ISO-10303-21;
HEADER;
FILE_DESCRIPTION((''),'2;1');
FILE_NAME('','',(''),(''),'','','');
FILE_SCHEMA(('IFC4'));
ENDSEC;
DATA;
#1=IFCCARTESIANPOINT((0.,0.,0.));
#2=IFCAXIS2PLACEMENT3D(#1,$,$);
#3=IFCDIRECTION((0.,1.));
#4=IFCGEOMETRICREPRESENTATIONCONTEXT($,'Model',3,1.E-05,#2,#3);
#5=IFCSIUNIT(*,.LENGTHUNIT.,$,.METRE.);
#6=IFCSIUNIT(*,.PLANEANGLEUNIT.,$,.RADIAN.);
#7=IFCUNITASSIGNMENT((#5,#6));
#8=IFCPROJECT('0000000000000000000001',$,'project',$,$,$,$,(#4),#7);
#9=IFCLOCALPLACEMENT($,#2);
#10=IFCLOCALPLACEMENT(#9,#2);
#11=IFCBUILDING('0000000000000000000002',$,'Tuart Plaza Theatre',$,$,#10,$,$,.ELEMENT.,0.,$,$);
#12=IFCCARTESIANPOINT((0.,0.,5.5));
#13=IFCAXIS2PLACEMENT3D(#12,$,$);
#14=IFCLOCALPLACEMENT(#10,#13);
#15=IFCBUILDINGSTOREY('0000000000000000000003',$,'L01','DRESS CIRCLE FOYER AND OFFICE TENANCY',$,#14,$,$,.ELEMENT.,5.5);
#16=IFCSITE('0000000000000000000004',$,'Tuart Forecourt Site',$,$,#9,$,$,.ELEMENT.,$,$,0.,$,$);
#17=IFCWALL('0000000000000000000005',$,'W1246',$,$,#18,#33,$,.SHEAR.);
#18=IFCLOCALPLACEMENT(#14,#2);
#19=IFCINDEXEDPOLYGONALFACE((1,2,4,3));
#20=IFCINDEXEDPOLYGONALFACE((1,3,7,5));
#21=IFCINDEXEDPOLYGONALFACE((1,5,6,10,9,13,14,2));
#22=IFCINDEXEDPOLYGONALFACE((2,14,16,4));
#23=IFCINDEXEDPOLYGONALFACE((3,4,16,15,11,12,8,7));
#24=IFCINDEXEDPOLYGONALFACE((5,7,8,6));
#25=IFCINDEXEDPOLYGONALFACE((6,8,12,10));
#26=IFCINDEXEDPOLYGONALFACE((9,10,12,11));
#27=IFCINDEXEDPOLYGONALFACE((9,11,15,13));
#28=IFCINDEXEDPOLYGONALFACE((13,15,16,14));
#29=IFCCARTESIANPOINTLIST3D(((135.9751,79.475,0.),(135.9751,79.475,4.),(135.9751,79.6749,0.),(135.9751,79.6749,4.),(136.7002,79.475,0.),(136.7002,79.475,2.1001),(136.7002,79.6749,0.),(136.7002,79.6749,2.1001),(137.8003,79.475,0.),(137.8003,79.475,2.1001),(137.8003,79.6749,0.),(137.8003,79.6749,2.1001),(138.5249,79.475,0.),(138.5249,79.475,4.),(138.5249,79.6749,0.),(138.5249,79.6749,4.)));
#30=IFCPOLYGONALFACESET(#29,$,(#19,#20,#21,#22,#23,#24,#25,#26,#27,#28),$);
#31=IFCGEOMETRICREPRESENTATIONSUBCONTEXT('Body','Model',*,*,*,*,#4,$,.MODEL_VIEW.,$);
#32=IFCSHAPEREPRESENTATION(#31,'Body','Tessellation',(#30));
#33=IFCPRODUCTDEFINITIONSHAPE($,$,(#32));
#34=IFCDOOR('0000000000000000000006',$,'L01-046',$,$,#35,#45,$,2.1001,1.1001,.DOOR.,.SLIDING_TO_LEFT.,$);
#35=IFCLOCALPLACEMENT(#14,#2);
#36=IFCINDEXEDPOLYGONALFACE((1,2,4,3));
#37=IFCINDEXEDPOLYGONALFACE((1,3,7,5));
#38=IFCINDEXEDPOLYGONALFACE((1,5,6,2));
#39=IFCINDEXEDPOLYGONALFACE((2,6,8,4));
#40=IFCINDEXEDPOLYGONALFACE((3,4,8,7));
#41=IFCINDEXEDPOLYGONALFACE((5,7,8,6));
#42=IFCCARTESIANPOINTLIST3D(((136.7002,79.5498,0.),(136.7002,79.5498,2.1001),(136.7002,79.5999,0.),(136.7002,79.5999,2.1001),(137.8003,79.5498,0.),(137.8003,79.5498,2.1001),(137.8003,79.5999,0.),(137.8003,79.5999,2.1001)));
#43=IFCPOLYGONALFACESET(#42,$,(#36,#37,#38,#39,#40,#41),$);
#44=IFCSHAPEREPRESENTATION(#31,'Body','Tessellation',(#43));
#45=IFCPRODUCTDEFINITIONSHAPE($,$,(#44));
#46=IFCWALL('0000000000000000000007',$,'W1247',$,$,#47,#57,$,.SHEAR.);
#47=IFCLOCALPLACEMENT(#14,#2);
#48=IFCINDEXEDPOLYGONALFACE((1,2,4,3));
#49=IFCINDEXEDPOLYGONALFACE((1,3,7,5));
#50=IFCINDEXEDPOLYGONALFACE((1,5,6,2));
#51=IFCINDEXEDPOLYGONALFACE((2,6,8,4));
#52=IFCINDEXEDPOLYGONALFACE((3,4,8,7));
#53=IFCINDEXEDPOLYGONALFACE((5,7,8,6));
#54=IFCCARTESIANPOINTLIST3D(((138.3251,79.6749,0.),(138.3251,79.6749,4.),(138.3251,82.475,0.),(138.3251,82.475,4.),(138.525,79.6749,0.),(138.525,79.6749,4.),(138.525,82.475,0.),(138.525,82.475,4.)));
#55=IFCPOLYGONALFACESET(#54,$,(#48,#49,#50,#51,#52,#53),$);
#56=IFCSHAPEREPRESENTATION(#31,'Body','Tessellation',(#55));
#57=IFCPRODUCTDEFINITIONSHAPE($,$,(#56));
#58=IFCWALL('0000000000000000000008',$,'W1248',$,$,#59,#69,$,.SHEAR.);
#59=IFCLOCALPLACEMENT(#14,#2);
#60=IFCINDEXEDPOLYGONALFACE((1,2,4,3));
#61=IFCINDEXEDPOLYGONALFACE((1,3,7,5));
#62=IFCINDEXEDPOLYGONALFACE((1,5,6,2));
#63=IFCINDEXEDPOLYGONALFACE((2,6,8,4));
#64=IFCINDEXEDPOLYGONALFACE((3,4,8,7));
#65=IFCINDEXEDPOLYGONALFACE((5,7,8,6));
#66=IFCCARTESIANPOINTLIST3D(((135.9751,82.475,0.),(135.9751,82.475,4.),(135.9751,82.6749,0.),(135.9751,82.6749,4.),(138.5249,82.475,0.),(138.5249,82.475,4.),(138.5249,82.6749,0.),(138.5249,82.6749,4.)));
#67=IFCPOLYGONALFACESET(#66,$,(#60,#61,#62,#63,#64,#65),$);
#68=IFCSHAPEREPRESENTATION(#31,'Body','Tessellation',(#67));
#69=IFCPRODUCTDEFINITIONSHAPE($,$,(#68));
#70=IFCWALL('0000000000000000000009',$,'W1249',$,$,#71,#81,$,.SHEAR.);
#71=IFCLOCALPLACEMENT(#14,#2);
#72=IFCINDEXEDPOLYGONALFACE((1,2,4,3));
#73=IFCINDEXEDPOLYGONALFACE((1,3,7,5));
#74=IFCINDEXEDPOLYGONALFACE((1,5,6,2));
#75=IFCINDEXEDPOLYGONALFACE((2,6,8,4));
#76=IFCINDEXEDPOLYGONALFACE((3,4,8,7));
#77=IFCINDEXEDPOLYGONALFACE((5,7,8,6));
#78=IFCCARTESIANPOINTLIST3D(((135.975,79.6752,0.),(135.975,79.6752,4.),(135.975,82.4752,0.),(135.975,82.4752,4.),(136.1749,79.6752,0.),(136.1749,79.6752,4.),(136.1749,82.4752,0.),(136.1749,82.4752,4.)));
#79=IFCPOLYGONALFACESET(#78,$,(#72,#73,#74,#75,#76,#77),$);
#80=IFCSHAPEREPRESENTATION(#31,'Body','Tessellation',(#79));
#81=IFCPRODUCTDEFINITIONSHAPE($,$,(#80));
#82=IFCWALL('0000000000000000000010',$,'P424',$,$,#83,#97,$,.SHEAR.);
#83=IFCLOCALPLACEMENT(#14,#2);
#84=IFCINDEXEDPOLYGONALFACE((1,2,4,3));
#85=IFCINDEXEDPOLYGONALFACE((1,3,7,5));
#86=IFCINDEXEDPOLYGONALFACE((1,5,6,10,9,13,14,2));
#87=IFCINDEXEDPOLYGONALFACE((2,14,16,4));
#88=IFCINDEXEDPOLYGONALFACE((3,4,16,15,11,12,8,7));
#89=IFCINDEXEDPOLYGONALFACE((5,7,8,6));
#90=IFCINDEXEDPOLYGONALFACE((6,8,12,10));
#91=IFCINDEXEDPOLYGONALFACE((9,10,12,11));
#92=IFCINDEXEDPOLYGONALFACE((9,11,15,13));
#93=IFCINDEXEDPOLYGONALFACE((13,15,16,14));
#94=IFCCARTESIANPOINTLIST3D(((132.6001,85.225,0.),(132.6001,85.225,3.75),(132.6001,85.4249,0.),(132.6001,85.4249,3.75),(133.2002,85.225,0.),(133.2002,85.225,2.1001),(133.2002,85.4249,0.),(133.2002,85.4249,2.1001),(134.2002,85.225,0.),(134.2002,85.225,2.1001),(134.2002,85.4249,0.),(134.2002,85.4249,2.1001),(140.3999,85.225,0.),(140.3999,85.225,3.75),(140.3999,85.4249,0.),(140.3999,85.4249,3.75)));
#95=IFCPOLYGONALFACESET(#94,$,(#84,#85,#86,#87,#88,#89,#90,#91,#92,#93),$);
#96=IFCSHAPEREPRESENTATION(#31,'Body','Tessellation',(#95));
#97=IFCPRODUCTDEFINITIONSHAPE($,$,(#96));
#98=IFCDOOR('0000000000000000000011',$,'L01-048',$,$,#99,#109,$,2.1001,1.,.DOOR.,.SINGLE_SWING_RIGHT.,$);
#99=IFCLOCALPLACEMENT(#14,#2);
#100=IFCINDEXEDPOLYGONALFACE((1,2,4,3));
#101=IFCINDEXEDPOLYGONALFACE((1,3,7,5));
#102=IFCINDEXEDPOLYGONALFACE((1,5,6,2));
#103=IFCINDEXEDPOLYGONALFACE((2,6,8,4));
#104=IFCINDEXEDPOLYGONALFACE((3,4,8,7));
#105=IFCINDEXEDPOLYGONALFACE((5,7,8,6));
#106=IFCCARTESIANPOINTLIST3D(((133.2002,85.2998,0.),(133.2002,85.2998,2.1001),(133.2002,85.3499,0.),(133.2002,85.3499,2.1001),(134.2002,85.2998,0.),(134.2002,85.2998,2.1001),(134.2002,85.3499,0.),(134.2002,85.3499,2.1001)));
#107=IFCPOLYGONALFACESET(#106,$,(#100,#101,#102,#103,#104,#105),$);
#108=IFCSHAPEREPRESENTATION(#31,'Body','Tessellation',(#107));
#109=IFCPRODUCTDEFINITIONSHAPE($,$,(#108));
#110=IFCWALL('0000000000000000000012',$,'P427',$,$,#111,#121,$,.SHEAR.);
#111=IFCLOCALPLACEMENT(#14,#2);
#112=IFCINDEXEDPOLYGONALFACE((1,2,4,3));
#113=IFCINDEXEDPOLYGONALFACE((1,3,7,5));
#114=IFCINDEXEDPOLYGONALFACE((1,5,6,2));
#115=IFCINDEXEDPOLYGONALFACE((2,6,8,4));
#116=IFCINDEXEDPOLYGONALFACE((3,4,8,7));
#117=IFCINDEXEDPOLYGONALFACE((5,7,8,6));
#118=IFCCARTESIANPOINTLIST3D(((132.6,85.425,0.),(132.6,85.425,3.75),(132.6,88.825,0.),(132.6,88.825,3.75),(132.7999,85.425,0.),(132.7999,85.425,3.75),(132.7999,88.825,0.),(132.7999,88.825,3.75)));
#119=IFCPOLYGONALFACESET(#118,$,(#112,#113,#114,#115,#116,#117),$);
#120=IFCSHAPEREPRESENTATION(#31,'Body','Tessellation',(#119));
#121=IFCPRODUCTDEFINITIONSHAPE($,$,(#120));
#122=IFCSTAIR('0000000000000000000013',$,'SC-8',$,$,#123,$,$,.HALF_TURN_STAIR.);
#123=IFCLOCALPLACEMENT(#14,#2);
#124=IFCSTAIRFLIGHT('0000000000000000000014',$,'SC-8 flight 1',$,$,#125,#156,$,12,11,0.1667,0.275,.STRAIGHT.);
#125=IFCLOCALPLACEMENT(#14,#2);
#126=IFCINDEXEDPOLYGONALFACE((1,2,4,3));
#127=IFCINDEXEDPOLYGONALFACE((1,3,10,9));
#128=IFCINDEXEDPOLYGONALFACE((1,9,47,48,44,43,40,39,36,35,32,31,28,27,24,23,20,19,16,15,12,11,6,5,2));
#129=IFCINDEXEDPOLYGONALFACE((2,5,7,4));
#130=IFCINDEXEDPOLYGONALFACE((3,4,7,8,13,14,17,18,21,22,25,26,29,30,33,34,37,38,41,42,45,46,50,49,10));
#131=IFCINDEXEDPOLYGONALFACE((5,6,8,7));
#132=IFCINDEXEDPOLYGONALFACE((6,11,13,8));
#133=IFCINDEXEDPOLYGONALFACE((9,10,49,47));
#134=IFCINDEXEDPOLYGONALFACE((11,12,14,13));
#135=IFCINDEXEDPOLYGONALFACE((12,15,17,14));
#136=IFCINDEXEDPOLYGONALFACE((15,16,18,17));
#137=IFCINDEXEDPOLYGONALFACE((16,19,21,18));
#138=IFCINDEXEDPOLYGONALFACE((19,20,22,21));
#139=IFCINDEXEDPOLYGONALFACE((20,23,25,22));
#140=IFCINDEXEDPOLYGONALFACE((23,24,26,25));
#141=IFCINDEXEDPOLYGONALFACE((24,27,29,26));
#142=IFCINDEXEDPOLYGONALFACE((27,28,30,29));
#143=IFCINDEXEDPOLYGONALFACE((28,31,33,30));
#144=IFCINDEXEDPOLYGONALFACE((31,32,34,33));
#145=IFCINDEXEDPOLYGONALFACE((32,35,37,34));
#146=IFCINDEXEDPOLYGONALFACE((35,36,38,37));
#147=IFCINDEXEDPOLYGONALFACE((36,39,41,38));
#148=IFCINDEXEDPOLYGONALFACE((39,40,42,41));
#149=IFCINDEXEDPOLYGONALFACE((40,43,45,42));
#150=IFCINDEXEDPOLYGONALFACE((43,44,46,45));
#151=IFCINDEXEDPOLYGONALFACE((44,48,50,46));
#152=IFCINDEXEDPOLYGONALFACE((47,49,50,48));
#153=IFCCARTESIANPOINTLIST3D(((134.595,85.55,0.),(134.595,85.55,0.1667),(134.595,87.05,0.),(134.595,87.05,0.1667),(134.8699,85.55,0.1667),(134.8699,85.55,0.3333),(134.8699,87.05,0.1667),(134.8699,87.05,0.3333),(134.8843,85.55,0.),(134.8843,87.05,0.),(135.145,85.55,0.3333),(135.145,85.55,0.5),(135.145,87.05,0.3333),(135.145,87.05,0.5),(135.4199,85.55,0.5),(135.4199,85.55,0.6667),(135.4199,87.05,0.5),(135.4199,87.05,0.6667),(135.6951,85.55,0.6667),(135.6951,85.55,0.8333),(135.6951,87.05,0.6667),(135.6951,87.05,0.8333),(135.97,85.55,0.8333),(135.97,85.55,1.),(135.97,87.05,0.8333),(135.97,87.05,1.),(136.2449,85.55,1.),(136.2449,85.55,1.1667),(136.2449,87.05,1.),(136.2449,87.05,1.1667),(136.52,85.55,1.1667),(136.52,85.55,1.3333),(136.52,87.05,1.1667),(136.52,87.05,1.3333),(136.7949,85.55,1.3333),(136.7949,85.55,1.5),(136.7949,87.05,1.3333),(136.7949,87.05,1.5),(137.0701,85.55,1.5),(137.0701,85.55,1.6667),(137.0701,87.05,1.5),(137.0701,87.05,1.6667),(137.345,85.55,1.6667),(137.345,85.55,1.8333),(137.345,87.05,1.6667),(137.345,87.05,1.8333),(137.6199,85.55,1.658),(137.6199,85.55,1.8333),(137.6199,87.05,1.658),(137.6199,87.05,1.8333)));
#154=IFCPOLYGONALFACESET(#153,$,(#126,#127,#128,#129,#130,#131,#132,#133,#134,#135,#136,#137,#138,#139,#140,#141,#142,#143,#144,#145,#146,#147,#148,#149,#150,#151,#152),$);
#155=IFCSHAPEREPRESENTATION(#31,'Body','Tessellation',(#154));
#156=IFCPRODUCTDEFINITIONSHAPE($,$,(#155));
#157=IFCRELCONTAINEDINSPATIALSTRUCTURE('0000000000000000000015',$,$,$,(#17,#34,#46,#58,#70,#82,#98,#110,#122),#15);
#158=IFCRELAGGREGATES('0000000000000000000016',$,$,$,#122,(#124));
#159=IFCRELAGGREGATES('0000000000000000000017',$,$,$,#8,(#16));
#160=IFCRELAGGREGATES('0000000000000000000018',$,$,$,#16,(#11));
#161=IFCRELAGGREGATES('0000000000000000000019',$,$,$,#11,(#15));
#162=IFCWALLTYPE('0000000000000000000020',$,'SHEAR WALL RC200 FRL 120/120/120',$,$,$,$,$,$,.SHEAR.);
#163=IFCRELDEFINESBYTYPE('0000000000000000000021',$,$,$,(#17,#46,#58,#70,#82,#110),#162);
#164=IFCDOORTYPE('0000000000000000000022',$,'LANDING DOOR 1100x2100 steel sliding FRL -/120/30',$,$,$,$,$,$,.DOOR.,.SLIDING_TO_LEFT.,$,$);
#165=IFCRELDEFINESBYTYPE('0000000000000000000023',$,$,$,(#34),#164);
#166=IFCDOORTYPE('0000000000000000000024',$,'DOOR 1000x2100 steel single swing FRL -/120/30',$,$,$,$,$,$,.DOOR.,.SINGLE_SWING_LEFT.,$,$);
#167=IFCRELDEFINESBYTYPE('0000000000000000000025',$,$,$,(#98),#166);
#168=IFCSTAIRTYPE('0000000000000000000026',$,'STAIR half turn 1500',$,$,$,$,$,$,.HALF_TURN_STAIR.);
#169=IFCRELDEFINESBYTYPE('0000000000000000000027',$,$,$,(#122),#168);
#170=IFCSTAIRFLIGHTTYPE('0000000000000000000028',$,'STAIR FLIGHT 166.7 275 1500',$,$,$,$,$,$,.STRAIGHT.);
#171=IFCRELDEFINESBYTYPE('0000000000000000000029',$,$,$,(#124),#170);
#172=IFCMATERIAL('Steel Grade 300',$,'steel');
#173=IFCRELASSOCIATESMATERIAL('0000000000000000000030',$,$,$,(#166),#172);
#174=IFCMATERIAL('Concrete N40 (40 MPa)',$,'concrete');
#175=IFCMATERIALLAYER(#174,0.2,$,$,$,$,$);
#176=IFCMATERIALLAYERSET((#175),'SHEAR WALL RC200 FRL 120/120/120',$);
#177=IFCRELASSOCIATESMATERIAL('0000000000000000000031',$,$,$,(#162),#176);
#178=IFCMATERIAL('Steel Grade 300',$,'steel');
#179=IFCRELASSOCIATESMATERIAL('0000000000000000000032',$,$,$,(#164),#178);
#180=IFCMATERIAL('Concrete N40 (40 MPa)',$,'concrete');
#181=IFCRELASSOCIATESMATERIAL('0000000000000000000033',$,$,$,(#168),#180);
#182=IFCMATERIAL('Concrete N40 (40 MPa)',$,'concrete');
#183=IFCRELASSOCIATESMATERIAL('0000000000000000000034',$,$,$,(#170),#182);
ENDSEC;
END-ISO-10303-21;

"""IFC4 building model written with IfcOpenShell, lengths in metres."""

from ifc_helpers import new_model, si_unit, direction, frame, frame_2d, origin, place, context, subcontext, project, spatial, polyline, rectangle, outline, extrude, material, layer, layer_set, type_object, element, fill, aggregate, save


model = new_model("IFC4")

# Units and contexts
model_context = context("Model", 3, precision=1e-05, world=origin(), true_north=direction((0.0, 1.0)))
body_context = subcontext(model_context, "Body", "Model", "MODEL_VIEW")
ifc_project = project(units=[si_unit("LENGTHUNIT", "METRE"), si_unit("PLANEANGLEUNIT", "RADIAN")], contexts=[model_context])

# Site, building, storey
site_placement = place(None, origin())
site = spatial("IfcSite", under=ifc_project, at=site_placement, Name="Tuart Forecourt Site", CompositionType="ELEMENT", RefElevation=0.0)
building_placement = place(site_placement, origin())
building = spatial("IfcBuilding", under=site, at=building_placement, Name="Tuart Plaza Theatre", CompositionType="ELEMENT", ElevationOfRefHeight=0.0)
storey_placement = place(building_placement, frame((0.0, 0.0, 5.5)))
storey = spatial("IfcBuildingStorey", under=building, at=storey_placement, Name="L01", Description="DRESS CIRCLE FOYER AND OFFICE TENANCY", CompositionType="ELEMENT", Elevation=5.5)

# Shared definitions
ifc_material_1 = material(Name="Steel Grade 300", Category="steel")
door_type_1 = type_object("IfcDoorType", Name="DOOR 1000x2100 steel single swing FRL -/120/30", OperationType="SINGLE_SWING_LEFT", PredefinedType="DOOR", material=ifc_material_1)

# Shared definitions
ifc_material_2 = material(Name="Concrete N40 (40 MPa)", Category="concrete")
ifc_layer_1 = layer(ifc_material_2, 0.2)
ifc_layer_set_1 = layer_set([ifc_layer_1], Name="SHEAR WALL RC200 FRL 120/120/120")
wall_type_1 = type_object("IfcWallType", Name="SHEAR WALL RC200 FRL 120/120/120", PredefinedType="SHEAR", material=ifc_layer_set_1)

# Shared definitions
ifc_material_3 = material(Name="Steel Grade 300", Category="steel")
door_type_2 = type_object("IfcDoorType", Name="LANDING DOOR 1100x2100 steel sliding FRL -/120/30", OperationType="SLIDING_TO_LEFT", PredefinedType="DOOR", material=ifc_material_3)

# Wall, opening, door
wall_1_placement = place(storey_placement, frame((135.9751, 79.575, 0.0), z_axis=(0.0, 0.0, 1.0), x_axis=(1.0, 0.0, 0.0)))
wall_1 = element("IfcWall", 1, at=wall_1_placement, inside=storey, type_object=wall_type_1, Name="W1246", PredefinedType="SHEAR", context=body_context, shape_type="SweptSolid", body=[
    extrude(rectangle(XDim=2.5498, YDim=0.2, at=frame_2d((1.2749, 0.0))), origin(), (0.0, 0.0, 1.0), 4.0),
])
opening_1_placement = place(wall_1_placement, frame((0.7251, 0.0, 0.0)))
opening_1 = element("IfcOpeningElement", 2, at=opening_1_placement, cuts=wall_1, PredefinedType="OPENING", context=body_context, shape_type="SweptSolid", body=[
    extrude(rectangle(XDim=1.1001, YDim=2.1001, at=frame_2d((0.55, 1.05))), frame((0.0, 0.1099, 0.0), z_axis=(0.0, -1.0, 0.0), x_axis=(1.0, 0.0, 0.0)), (0.0, 0.0, 1.0), 0.22),
])
door_1_placement = place(opening_1_placement, origin())
door_1 = element("IfcDoor", 3, at=door_1_placement, inside=storey, type_object=door_type_2, Name="L01-046", OperationType="SLIDING_TO_LEFT", OverallHeight=2.1001, OverallWidth=1.1001, PredefinedType="DOOR", context=body_context, shape_type="SweptSolid", body=[
    extrude(rectangle(XDim=1.1001, YDim=2.1001, at=frame_2d((0.55, 1.05))), frame((0.0, 0.0249, 0.0), z_axis=(0.0, -1.0, 0.0), x_axis=(1.0, 0.0, 0.0)), (0.0, 0.0, 1.0), 0.05),
])
fill(opening_1, door_1)

# Walls
wall_2_placement = place(storey_placement, frame((138.425, 79.675, 0.0), z_axis=(0.0, 0.0, 1.0), x_axis=(0.0, 1.0, 0.0)))
element("IfcWall", 4, at=wall_2_placement, inside=storey, type_object=wall_type_1, Name="W1247", PredefinedType="SHEAR", context=body_context, shape_type="SweptSolid", body=[
    extrude(rectangle(XDim=2.8, YDim=0.2, at=frame_2d((1.3999, 0.0))), origin(), (0.0, 0.0, 1.0), 4.0),
])
wall_3_placement = place(storey_placement, frame((138.5249, 82.575, 0.0), z_axis=(0.0, 0.0, 1.0), x_axis=(-1.0, 0.0, 0.0)))
element("IfcWall", 5, at=wall_3_placement, inside=storey, type_object=wall_type_1, Name="W1248", PredefinedType="SHEAR", context=body_context, shape_type="SweptSolid", body=[
    extrude(rectangle(XDim=2.5498, YDim=0.2, at=frame_2d((1.2749, 0.0))), origin(), (0.0, 0.0, 1.0), 4.0),
])
wall_4_placement = place(storey_placement, frame((136.075, 82.4751, 0.0), z_axis=(0.0, 0.0, 1.0), x_axis=(0.0, -1.0, 0.0)))
element("IfcWall", 6, at=wall_4_placement, inside=storey, type_object=wall_type_1, Name="W1249", PredefinedType="SHEAR", context=body_context, shape_type="SweptSolid", body=[
    extrude(rectangle(XDim=2.8, YDim=0.2, at=frame_2d((1.3999, 0.0))), origin(), (0.0, 0.0, 1.0), 4.0),
])

# Wall, opening, door
wall_5_placement = place(storey_placement, frame((132.6001, 85.325, 0.0), z_axis=(0.0, 0.0, 1.0), x_axis=(1.0, 0.0, 0.0)))
wall_5 = element("IfcWall", 7, at=wall_5_placement, inside=storey, type_object=wall_type_1, Name="P424", PredefinedType="SHEAR", context=body_context, shape_type="SweptSolid", body=[
    extrude(rectangle(XDim=7.7998, YDim=0.2, at=frame_2d((3.8999, 0.0))), origin(), (0.0, 0.0, 1.0), 3.75),
])
opening_2_placement = place(wall_5_placement, frame((0.6001, 0.0, 0.0)))
opening_2 = element("IfcOpeningElement", 8, at=opening_2_placement, cuts=wall_5, PredefinedType="OPENING", context=body_context, shape_type="SweptSolid", body=[
    extrude(rectangle(XDim=1.0, YDim=2.1001, at=frame_2d((0.5, 1.05))), frame((0.0, 0.1099, 0.0), z_axis=(0.0, -1.0, 0.0), x_axis=(1.0, 0.0, 0.0)), (0.0, 0.0, 1.0), 0.22),
])
door_2_placement = place(opening_2_placement, origin())
door_2 = element("IfcDoor", 9, at=door_2_placement, inside=storey, type_object=door_type_1, Name="L01-048", OperationType="SINGLE_SWING_RIGHT", OverallHeight=2.1001, OverallWidth=1.0, PredefinedType="DOOR", context=body_context, shape_type="SweptSolid", body=[
    extrude(rectangle(XDim=1.0, YDim=2.1001, at=frame_2d((0.5, 1.05))), frame((0.0, 0.0249, 0.0), z_axis=(0.0, -1.0, 0.0), x_axis=(1.0, 0.0, 0.0)), (0.0, 0.0, 1.0), 0.05),
])
fill(opening_2, door_2)

# Wall
wall_6_placement = place(storey_placement, frame((132.7, 88.825, 0.0), z_axis=(0.0, 0.0, 1.0), x_axis=(0.0, -1.0, 0.0)))
element("IfcWall", 10, at=wall_6_placement, inside=storey, type_object=wall_type_1, Name="P427", PredefinedType="SHEAR", context=body_context, shape_type="SweptSolid", body=[
    extrude(rectangle(XDim=3.3999, YDim=0.2, at=frame_2d((1.7, 0.0))), origin(), (0.0, 0.0, 1.0), 3.75),
])

# Stair, stair flight
ifc_material_4 = material(Name="Concrete N40 (40 MPa)", Category="concrete")
stair_type = type_object("IfcStairType", Name="STAIR half turn 1500", PredefinedType="HALF_TURN_STAIR", material=ifc_material_4)
stair_placement = place(storey_placement, origin())
stair = element("IfcStair", 11, at=stair_placement, inside=storey, type_object=stair_type, Name="SC-8", PredefinedType="HALF_TURN_STAIR")
ifc_material_5 = material(Name="Concrete N40 (40 MPa)", Category="concrete")
stair_flight_type = type_object("IfcStairFlightType", Name="STAIR FLIGHT 166.7 275 1500", PredefinedType="STRAIGHT", material=ifc_material_5)
stair_flight_placement = place(storey_placement, frame((134.595, 86.3, 0.0), z_axis=(0.0, 0.0, 1.0), x_axis=(1.0, 0.0, 0.0)))
stair_flight = element("IfcStairFlight", 12, at=stair_flight_placement, type_object=stair_flight_type, Name="SC-8 flight 1", NumberOfRisers=12, NumberOfTreads=11, PredefinedType="STRAIGHT", RiserHeight=0.1667, TreadLength=0.275, context=body_context, shape_type="SweptSolid", body=[
    extrude(outline(polyline([(0.0, 0.0), (0.0, 0.1667), (0.2749, 0.1667), (0.2749, 0.3333), (0.55, 0.3333), (0.55, 0.5), (0.825, 0.5), (0.825, 0.6667), (1.1001, 0.6667), (1.1001, 0.8333), (1.375, 0.8333), (1.375, 1.0), (1.6499, 1.0), (1.6499, 1.1667), (1.925, 1.1667), (1.925, 1.3333), (2.2, 1.3333), (2.2, 1.5), (2.4751, 1.5), (2.4751, 1.6667), (2.75, 1.6667), (2.75, 1.8333), (3.0249, 1.8333), (3.0249, 2.0), (3.0249, 1.658), (0.2893, 0.0), (0.0, 0.0)])), frame((0.0, 0.75, 0.0), z_axis=(0.0, -1.0, 0.0), x_axis=(1.0, 0.0, 0.0)), (0.0, 0.0, 1.0), 1.5),
])
aggregate(stair, [stair_flight])

save(model, "model.ifc")
